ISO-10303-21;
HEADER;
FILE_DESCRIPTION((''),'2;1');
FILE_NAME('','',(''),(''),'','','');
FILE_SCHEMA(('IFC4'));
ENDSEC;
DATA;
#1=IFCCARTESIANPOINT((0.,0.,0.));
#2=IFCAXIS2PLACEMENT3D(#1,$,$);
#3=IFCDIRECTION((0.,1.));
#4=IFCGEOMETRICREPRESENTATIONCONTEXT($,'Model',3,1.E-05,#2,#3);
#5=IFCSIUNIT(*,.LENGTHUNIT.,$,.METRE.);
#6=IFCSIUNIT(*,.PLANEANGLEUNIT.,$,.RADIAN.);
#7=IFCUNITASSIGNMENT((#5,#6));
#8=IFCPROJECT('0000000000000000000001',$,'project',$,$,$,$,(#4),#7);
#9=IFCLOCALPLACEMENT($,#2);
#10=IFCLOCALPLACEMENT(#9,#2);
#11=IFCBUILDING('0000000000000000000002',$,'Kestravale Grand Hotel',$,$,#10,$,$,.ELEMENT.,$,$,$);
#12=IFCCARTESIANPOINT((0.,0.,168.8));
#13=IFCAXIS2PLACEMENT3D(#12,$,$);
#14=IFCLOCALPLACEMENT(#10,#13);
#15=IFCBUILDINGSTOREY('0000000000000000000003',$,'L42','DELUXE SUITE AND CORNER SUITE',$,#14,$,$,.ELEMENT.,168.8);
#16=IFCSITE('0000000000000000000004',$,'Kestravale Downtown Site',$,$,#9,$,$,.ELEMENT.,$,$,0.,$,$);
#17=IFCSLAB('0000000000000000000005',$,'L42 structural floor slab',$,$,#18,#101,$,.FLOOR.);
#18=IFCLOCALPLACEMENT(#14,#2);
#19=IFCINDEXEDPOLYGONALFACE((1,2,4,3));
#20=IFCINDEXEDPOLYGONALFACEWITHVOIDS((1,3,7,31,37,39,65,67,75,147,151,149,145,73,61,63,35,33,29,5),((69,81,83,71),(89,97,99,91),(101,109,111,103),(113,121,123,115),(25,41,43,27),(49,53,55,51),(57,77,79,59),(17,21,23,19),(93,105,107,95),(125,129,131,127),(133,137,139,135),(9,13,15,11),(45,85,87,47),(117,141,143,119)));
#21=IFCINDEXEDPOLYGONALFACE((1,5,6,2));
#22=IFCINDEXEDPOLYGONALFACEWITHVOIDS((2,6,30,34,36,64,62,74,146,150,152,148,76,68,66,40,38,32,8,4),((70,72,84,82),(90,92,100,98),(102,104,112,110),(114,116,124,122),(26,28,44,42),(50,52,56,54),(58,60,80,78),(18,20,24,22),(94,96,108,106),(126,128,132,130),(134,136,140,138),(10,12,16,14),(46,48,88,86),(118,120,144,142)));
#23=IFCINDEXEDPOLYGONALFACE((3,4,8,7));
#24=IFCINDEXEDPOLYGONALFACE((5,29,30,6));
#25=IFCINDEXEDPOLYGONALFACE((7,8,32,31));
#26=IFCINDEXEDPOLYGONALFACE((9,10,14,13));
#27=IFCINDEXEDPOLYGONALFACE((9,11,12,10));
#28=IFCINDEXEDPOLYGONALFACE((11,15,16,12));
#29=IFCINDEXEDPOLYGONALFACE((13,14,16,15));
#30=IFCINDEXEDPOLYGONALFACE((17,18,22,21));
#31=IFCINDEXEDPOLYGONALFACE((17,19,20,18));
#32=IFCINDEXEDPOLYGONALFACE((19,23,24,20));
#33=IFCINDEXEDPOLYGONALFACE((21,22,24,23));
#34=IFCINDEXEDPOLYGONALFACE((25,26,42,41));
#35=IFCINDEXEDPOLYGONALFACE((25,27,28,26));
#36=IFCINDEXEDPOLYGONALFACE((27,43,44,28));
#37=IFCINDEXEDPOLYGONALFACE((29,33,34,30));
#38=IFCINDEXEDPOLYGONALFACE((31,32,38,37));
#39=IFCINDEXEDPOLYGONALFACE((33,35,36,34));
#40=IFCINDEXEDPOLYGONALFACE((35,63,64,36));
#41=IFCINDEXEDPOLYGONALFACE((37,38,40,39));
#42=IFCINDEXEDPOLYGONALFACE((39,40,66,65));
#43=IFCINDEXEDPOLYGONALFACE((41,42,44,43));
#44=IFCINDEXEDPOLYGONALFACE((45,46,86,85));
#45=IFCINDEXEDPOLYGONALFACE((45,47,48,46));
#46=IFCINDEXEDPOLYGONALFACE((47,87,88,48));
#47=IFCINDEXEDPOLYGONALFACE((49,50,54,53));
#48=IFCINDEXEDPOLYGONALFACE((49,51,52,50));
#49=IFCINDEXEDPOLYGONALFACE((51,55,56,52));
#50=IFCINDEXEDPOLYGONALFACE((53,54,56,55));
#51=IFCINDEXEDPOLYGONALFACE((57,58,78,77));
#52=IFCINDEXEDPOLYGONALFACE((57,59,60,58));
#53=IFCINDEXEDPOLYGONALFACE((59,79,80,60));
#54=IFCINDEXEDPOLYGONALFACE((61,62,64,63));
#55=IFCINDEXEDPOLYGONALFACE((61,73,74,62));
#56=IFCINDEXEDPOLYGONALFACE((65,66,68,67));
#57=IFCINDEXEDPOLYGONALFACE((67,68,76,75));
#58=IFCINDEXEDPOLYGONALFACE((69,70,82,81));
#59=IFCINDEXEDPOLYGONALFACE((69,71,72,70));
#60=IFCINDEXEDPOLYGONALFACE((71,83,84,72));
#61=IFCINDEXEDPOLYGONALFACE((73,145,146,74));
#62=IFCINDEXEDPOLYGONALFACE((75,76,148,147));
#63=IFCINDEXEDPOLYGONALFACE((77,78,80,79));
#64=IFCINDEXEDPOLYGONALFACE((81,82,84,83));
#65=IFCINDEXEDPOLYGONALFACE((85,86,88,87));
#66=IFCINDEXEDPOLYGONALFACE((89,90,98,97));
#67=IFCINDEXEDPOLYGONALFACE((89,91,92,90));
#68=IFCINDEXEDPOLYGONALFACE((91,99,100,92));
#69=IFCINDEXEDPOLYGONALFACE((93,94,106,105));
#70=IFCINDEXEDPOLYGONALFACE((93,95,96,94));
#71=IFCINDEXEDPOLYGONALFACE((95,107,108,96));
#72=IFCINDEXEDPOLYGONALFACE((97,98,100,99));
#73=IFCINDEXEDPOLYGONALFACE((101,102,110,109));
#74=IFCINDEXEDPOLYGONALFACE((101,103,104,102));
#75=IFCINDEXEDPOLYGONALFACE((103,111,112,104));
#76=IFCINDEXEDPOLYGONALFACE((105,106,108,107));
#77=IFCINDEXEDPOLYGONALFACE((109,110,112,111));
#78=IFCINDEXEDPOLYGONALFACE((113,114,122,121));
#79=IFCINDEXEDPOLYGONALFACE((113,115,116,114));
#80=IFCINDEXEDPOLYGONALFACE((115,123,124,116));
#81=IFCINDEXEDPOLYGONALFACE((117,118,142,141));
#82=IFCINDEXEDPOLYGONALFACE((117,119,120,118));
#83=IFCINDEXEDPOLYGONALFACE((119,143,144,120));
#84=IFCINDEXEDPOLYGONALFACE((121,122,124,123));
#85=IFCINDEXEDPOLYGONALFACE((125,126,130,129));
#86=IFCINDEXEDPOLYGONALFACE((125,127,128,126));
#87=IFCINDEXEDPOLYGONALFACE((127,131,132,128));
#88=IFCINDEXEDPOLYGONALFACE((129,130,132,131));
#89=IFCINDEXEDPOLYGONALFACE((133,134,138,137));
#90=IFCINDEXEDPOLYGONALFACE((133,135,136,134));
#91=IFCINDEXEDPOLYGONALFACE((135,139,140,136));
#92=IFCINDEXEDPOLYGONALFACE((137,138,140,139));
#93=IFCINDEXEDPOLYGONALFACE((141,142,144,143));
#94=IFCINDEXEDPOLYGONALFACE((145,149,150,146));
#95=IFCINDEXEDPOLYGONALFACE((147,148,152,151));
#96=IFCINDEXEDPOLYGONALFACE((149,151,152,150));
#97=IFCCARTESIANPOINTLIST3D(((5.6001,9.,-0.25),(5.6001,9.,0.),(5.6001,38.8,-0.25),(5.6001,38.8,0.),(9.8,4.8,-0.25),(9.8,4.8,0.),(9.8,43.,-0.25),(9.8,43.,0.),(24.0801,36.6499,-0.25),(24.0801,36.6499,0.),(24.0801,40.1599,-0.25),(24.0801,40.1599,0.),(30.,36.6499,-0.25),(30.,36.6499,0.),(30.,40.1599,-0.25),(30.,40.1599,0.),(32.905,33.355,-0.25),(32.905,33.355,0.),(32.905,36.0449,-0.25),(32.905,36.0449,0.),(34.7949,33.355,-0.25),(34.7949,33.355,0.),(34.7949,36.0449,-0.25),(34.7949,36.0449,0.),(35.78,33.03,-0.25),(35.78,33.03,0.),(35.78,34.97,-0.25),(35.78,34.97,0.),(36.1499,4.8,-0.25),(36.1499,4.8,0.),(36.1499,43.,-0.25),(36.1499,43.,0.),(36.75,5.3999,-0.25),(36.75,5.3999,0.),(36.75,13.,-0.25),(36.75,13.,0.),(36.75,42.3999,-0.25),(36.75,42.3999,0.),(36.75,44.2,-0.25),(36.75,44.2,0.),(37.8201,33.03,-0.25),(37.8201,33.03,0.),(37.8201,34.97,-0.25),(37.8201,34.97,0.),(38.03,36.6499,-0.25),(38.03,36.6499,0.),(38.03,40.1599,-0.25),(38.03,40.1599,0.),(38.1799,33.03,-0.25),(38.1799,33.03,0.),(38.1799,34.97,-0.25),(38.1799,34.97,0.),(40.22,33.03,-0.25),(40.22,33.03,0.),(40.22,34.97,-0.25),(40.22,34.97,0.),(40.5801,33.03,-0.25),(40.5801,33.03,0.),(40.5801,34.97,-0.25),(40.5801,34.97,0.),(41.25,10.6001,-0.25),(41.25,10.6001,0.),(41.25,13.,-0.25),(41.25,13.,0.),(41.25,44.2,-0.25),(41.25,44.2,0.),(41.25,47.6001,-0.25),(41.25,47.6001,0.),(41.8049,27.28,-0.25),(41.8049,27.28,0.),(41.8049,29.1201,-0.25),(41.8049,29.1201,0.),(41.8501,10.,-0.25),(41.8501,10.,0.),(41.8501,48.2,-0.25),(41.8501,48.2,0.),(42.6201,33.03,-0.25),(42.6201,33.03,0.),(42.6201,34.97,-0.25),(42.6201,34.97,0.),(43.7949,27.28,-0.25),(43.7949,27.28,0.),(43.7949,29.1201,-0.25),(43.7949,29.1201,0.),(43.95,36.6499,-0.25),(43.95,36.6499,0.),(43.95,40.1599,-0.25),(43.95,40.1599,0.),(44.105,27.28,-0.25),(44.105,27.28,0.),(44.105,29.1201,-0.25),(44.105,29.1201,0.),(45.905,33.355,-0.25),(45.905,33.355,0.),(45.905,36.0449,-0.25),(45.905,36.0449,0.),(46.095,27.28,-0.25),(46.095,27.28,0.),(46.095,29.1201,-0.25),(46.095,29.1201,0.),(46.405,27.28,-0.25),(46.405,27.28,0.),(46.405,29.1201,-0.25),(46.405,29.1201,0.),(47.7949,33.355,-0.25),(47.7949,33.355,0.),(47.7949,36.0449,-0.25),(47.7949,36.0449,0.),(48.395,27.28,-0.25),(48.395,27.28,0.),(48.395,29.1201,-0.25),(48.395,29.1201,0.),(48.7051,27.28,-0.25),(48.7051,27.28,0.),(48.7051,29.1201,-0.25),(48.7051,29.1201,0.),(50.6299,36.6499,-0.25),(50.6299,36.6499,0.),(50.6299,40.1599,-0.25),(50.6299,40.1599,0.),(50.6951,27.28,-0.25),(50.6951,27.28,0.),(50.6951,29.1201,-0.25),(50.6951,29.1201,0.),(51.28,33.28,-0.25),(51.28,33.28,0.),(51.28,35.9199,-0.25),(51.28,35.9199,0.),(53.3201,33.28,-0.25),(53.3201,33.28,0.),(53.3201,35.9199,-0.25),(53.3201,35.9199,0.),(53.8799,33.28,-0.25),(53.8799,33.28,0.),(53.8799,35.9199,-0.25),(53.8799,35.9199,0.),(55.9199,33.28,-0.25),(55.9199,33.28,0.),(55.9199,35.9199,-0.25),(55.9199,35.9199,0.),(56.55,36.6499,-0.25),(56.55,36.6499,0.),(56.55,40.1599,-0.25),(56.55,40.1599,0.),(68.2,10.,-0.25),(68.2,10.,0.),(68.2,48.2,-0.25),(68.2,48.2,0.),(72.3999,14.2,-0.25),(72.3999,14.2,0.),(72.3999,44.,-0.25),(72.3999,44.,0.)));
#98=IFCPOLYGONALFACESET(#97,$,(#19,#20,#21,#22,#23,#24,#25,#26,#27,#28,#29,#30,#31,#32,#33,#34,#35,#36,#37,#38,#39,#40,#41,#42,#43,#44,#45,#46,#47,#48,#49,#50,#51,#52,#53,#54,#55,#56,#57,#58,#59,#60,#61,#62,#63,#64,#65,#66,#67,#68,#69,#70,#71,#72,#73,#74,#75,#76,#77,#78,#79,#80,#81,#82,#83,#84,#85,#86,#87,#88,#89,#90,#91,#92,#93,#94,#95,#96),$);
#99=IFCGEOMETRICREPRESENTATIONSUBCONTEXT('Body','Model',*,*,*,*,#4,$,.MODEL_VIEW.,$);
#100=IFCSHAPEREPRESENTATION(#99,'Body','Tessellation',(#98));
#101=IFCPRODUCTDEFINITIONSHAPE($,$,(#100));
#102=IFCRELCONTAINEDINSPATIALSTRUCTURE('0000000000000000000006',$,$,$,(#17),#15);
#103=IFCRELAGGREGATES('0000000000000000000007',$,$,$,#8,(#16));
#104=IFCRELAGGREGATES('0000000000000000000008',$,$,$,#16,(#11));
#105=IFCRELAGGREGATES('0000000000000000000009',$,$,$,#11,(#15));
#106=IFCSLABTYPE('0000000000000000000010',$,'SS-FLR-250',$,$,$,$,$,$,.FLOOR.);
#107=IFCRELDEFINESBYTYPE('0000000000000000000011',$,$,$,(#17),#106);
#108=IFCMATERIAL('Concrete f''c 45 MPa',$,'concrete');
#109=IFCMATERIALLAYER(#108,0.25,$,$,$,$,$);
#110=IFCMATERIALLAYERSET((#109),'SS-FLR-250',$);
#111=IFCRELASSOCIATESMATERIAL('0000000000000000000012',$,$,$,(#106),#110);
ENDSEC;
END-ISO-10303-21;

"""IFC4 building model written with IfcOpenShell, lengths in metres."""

from ifc_helpers import new_model, si_unit, direction, frame, origin, place, context, subcontext, project, spatial, polyline, outline, extrude, material, layer, layer_set, type_object, element, save


model = new_model("IFC4")

# Units and contexts
model_context = context("Model", 3, precision=1e-05, world=origin(), true_north=direction((0.0, 1.0)))
body_context = subcontext(model_context, "Body", "Model", "MODEL_VIEW")
ifc_project = project(units=[si_unit("LENGTHUNIT", "METRE"), si_unit("PLANEANGLEUNIT", "RADIAN")], contexts=[model_context])

# Site, building, storey
site_placement = place(None, origin())
site = spatial("IfcSite", under=ifc_project, at=site_placement, Name="Kestravale Downtown Site", CompositionType="ELEMENT", RefElevation=0.0)
building_placement = place(site_placement, origin())
building = spatial("IfcBuilding", under=site, at=building_placement, Name="Kestravale Grand Hotel", CompositionType="ELEMENT")
storey_placement = place(building_placement, frame((0.0, 0.0, 168.8)))
storey = spatial("IfcBuildingStorey", under=building, at=storey_placement, Name="L42", Description="DELUXE SUITE AND CORNER SUITE", CompositionType="ELEMENT", Elevation=168.8)

# Slab
ifc_material_1 = material(Name="Concrete f'c 45 MPa", Category="concrete")
ifc_layer_1 = layer(ifc_material_1, 0.25)
ifc_layer_set_1 = layer_set([ifc_layer_1], Name="SS-FLR-250")
slab_type_1 = type_object("IfcSlabType", Name="SS-FLR-250", PredefinedType="FLOOR", material=ifc_layer_set_1)
slab_1_placement = place(storey_placement, frame((0.0, 0.0, -0.25)))
element("IfcSlab", 1, at=slab_1_placement, inside=storey, type_object=slab_type_1, Name="L42 structural floor slab", PredefinedType="FLOOR", context=body_context, shape_type="SweptSolid", body=[
    extrude(outline(polyline([(9.8, 4.8), (36.1499, 4.8), (36.75, 5.3999), (36.75, 13.0), (41.25, 13.0), (41.25, 10.6001), (41.8501, 10.0), (68.2, 10.0), (72.3999, 14.2), (72.3999, 44.0), (68.2, 48.2), (41.8501, 48.2), (41.25, 47.6001), (41.25, 44.2), (36.75, 44.2), (36.75, 42.3999), (36.1499, 43.0), (9.8, 43.0), (5.6001, 38.8), (5.6001, 9.0), (9.8, 4.8)]), holes=[polyline([(24.0801, 36.6499), (30.0, 36.6499), (30.0, 40.1599), (24.0801, 40.1599), (24.0801, 36.6499)]), polyline([(38.03, 36.6499), (43.95, 36.6499), (43.95, 40.1599), (38.03, 40.1599), (38.03, 36.6499)]), polyline([(50.6299, 36.6499), (56.55, 36.6499), (56.55, 40.1599), (50.6299, 40.1599), (50.6299, 36.6499)]), polyline([(41.8049, 27.28), (43.7949, 27.28), (43.7949, 29.1201), (41.8049, 29.1201), (41.8049, 27.28)]), polyline([(44.105, 27.28), (46.095, 27.28), (46.095, 29.1201), (44.105, 29.1201), (44.105, 27.28)]), polyline([(46.405, 27.28), (48.395, 27.28), (48.395, 29.1201), (46.405, 29.1201), (46.405, 27.28)]), polyline([(48.7051, 27.28), (50.6951, 27.28), (50.6951, 29.1201), (48.7051, 29.1201), (48.7051, 27.28)]), polyline([(35.78, 33.03), (37.8201, 33.03), (37.8201, 34.97), (35.78, 34.97), (35.78, 33.03)]), polyline([(38.1799, 33.03), (40.22, 33.03), (40.22, 34.97), (38.1799, 34.97), (38.1799, 33.03)]), polyline([(40.5801, 33.03), (42.6201, 33.03), (42.6201, 34.97), (40.5801, 34.97), (40.5801, 33.03)]), polyline([(32.905, 33.355), (34.7949, 33.355), (34.7949, 36.0449), (32.905, 36.0449), (32.905, 33.355)]), polyline([(45.905, 33.355), (47.7949, 33.355), (47.7949, 36.0449), (45.905, 36.0449), (45.905, 33.355)]), polyline([(51.28, 33.28), (53.3201, 33.28), (53.3201, 35.9199), (51.28, 35.9199), (51.28, 33.28)]), polyline([(53.8799, 33.28), (55.9199, 33.28), (55.9199, 35.9199), (53.8799, 35.9199), (53.8799, 33.28)])]), origin(), (0.0, 0.0, 1.0), 0.25),
])

save(model, "model.ifc")
